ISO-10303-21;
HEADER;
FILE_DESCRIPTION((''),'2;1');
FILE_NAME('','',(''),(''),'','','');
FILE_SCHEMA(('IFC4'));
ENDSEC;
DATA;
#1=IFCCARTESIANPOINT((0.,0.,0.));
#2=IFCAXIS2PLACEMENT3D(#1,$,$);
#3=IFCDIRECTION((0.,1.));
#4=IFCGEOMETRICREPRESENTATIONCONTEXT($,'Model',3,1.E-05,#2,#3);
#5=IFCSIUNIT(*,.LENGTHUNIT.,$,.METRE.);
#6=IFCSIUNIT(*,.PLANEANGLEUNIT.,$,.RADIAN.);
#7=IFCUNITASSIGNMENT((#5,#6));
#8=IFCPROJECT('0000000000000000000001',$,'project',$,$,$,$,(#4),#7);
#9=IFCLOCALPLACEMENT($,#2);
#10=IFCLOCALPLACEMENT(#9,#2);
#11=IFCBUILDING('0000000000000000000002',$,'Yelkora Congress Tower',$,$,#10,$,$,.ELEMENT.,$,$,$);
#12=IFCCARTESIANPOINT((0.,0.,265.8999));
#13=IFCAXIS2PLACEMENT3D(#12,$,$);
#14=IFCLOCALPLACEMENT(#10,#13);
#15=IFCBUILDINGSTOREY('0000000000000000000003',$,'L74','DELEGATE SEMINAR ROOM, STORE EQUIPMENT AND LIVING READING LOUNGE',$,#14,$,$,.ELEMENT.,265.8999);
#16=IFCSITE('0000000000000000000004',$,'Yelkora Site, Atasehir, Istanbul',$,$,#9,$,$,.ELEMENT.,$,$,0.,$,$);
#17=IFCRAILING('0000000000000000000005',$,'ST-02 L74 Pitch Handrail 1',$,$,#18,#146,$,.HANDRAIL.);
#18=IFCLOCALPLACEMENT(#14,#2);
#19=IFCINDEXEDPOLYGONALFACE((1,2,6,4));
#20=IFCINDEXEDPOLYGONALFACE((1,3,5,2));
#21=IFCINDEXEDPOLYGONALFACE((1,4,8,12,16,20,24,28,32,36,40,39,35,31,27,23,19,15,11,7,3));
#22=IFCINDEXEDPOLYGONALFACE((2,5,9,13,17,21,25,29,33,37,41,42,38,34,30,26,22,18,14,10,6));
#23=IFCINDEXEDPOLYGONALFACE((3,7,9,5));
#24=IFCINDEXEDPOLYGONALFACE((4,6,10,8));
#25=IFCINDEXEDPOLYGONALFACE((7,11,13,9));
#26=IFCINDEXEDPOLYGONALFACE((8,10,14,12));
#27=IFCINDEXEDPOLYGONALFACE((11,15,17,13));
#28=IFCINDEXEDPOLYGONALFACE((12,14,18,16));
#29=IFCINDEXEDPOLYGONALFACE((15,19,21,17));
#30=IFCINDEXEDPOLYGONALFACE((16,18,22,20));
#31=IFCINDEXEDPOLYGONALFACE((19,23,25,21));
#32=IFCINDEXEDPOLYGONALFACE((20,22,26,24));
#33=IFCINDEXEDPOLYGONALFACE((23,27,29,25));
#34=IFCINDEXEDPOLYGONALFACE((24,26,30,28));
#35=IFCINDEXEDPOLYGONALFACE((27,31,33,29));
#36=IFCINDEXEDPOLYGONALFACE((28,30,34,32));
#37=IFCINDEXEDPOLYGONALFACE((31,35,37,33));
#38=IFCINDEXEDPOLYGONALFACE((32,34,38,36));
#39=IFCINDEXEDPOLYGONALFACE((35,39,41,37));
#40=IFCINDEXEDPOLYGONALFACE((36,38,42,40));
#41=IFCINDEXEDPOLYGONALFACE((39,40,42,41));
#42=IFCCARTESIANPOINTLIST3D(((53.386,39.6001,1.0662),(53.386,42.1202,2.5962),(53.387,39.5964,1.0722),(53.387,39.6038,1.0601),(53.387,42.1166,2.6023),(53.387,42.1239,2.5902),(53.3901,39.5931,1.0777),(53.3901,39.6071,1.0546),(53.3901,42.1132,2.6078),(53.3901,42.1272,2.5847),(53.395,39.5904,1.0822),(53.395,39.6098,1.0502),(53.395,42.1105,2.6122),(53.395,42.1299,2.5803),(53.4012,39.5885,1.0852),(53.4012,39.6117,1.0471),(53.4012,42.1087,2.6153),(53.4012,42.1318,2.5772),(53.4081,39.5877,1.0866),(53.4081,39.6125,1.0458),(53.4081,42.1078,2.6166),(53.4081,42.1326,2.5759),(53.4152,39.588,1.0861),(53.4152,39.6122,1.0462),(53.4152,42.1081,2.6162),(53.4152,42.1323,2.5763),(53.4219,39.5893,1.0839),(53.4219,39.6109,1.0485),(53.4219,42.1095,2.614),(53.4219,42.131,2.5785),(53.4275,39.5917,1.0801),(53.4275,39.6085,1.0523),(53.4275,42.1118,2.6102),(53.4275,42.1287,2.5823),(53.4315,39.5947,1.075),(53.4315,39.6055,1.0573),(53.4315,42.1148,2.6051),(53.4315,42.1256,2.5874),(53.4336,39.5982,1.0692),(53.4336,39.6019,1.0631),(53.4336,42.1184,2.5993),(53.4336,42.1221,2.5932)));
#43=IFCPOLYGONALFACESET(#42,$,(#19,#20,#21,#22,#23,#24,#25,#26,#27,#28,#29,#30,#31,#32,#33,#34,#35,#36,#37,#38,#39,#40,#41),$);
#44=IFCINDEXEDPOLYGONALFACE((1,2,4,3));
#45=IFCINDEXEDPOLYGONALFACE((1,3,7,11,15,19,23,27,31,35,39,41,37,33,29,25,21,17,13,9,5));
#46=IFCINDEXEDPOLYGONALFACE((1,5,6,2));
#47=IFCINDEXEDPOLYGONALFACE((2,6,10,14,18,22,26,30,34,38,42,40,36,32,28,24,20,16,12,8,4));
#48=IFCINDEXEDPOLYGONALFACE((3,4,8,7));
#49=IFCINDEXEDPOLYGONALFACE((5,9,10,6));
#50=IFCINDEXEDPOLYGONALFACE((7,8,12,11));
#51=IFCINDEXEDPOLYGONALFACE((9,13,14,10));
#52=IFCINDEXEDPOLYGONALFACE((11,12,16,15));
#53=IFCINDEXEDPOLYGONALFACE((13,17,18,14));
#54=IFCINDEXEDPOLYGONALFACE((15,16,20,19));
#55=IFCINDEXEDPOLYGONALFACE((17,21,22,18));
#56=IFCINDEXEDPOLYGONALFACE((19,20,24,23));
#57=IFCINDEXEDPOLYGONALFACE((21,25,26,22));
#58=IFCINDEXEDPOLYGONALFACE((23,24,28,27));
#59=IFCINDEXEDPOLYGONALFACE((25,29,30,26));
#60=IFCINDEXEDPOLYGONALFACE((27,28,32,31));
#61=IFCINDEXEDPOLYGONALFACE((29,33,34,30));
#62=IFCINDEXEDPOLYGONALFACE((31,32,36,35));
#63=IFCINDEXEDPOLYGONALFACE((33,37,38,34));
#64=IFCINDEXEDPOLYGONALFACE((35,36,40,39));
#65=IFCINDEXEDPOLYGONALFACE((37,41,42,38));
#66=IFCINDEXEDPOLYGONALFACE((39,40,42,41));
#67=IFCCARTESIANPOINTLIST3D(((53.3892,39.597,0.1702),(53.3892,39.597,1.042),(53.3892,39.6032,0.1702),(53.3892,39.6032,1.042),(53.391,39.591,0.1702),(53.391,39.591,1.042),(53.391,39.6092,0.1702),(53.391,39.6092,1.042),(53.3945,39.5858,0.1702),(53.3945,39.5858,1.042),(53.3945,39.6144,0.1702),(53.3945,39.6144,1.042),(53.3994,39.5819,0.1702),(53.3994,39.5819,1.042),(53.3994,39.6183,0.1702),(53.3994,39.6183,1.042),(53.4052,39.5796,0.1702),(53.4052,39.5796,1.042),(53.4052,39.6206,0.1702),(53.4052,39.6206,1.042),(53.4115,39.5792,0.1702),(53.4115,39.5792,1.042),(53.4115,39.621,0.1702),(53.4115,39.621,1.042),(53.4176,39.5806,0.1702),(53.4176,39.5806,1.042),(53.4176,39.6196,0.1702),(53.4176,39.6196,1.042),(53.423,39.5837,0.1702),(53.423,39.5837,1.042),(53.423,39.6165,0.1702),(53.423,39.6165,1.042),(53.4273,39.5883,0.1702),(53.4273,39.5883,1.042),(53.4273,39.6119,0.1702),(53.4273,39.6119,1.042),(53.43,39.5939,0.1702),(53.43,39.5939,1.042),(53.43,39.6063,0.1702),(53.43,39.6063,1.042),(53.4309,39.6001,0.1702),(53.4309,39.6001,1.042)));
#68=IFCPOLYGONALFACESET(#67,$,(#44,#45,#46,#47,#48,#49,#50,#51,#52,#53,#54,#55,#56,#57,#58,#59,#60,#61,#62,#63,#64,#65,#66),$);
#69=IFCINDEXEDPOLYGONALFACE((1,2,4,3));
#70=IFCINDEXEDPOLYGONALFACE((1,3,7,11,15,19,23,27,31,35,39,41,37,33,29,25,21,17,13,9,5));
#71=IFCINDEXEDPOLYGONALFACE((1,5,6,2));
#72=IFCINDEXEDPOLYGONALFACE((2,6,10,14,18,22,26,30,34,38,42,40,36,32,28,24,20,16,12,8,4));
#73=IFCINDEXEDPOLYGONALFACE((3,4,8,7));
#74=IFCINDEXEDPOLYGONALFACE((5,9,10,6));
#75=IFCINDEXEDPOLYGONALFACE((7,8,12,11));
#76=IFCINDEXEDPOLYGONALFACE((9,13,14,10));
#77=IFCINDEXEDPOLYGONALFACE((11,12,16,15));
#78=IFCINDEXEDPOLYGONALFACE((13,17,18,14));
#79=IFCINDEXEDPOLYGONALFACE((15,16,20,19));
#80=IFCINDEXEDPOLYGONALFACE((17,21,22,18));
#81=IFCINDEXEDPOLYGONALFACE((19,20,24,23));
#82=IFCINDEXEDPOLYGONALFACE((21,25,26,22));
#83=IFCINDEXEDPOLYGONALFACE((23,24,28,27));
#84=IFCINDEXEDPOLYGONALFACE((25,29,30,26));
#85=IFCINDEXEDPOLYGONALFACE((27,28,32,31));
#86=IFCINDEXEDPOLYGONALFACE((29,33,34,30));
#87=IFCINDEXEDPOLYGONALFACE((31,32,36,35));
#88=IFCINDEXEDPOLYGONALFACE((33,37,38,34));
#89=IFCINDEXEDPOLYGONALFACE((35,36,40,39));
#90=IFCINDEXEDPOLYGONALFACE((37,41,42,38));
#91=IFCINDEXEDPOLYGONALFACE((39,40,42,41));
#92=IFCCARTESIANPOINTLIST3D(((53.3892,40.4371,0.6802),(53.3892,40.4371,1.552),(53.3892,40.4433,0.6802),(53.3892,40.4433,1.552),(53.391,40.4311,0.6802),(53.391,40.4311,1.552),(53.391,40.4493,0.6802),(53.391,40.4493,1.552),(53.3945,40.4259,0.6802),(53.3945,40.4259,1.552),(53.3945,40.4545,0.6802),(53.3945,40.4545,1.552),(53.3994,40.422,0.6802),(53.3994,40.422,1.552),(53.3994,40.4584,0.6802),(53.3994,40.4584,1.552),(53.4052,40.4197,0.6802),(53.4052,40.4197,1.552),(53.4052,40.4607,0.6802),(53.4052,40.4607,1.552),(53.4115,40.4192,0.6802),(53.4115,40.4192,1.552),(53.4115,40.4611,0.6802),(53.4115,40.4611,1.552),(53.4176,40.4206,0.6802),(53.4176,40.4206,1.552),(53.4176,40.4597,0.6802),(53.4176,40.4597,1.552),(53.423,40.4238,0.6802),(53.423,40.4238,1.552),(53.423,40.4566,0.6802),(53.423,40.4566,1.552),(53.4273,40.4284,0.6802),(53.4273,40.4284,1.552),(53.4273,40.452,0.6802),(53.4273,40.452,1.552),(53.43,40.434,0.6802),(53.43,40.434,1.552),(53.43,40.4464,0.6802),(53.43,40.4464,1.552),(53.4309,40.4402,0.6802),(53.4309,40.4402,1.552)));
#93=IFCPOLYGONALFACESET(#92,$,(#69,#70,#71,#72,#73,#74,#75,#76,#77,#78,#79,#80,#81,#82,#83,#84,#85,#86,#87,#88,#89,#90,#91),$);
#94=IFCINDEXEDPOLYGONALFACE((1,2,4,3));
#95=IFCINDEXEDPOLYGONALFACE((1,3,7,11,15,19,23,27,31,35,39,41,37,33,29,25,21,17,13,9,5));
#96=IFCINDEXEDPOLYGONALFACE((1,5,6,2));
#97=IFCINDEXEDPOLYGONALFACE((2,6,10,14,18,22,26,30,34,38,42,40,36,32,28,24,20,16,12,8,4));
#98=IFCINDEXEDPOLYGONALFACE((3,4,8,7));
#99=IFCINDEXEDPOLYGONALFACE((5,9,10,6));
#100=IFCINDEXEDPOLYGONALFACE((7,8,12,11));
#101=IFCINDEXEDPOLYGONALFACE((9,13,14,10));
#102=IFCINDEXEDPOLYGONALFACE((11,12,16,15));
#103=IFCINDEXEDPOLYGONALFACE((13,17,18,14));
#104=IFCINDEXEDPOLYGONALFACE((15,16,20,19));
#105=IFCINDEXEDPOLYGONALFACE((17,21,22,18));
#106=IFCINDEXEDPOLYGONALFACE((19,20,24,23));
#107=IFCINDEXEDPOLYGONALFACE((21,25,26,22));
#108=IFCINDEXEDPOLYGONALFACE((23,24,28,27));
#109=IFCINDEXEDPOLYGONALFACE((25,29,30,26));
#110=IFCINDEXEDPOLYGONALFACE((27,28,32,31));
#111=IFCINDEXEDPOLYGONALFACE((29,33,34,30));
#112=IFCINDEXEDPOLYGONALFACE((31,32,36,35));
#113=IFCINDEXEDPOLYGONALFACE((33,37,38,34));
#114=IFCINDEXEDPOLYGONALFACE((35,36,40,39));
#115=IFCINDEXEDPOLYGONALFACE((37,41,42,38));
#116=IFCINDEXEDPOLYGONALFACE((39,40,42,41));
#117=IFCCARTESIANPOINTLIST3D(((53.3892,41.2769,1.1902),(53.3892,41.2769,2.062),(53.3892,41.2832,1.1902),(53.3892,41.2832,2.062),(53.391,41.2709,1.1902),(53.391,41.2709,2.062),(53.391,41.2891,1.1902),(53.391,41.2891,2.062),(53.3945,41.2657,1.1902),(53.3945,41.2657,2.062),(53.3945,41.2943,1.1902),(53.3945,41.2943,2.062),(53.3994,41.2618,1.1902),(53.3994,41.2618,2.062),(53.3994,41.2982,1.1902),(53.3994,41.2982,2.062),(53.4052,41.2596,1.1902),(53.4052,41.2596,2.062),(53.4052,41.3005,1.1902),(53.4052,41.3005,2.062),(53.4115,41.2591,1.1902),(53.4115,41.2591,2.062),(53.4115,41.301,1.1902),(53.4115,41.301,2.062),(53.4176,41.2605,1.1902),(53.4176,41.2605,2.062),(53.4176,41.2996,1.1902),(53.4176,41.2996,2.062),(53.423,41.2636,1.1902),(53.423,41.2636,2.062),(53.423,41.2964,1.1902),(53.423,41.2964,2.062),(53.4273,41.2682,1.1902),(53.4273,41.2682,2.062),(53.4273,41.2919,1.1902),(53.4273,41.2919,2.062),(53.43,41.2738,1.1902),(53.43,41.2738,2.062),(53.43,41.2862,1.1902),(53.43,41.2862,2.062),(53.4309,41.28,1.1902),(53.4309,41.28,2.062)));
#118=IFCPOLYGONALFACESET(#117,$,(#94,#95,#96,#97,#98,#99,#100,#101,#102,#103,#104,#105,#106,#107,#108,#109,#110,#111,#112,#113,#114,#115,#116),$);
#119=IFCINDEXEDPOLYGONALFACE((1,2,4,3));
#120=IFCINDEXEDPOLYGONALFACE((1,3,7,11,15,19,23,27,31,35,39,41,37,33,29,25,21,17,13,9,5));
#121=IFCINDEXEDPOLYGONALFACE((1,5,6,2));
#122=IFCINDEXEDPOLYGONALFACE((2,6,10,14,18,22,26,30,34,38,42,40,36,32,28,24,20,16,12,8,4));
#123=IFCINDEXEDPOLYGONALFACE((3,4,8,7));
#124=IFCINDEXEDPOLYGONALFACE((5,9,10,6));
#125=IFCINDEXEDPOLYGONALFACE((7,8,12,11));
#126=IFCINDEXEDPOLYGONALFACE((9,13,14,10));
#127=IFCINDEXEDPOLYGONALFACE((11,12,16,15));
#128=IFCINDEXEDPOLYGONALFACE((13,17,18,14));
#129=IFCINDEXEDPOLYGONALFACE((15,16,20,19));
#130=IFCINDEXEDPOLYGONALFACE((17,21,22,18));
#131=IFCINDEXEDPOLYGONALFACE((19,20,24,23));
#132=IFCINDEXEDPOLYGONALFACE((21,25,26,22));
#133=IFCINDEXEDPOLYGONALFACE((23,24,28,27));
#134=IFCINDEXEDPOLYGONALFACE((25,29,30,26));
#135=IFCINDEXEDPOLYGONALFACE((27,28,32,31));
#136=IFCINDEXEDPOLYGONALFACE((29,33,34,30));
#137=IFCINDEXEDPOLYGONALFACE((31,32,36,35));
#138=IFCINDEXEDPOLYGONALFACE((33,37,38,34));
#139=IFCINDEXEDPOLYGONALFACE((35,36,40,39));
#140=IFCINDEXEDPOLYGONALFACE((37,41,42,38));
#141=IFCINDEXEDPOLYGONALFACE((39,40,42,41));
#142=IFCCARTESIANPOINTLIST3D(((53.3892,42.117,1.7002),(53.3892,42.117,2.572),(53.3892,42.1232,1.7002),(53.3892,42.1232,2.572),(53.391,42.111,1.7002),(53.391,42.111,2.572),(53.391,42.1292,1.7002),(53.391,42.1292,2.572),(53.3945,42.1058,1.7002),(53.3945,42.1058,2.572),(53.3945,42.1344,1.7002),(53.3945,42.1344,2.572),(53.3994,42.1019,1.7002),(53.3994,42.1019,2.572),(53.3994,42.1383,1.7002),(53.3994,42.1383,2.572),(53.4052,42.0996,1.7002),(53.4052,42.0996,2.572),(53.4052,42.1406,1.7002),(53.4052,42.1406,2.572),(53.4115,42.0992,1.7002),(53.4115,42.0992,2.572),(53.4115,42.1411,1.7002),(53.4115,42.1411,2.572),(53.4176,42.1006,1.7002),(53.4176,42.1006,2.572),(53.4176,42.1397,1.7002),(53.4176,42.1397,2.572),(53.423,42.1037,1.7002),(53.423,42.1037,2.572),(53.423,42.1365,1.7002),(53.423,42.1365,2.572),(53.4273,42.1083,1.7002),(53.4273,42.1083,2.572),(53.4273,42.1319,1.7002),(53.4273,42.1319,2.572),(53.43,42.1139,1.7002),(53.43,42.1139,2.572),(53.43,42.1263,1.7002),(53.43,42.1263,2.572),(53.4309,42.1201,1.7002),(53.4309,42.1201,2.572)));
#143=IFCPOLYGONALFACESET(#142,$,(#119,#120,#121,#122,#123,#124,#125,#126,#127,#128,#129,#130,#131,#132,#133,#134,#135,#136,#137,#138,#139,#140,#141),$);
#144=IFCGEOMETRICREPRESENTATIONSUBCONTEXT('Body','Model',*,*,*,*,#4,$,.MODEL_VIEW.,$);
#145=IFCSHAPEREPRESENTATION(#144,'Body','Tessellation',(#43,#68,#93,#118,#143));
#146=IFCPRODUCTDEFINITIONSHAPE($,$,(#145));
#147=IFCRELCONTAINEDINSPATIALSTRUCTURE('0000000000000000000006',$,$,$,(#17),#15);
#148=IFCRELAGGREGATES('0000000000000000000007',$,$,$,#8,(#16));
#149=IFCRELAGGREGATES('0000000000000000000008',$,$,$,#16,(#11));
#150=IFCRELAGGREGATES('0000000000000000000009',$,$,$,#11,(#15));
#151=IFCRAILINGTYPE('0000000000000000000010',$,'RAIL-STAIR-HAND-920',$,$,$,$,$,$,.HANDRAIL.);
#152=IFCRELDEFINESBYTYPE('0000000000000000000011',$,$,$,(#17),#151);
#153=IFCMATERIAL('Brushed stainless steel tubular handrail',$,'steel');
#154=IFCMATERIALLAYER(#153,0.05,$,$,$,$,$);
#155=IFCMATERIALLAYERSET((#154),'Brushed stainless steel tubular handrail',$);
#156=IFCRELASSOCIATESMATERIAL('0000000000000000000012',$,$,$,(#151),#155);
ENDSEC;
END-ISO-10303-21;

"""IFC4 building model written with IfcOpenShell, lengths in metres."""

from ifc_helpers import new_model, si_unit, direction, frame, origin, origin_2d, place, context, subcontext, project, spatial, circle, extrude, material, layer, layer_set, type_object, element, save


model = new_model("IFC4")

# Units and contexts
model_context = context("Model", 3, precision=1e-05, world=origin(), true_north=direction((0.0, 1.0)))
body_context = subcontext(model_context, "Body", "Model", "MODEL_VIEW")
ifc_project = project(units=[si_unit("LENGTHUNIT", "METRE"), si_unit("PLANEANGLEUNIT", "RADIAN")], contexts=[model_context])

# Site, building, storey
site_placement = place(None, origin())
site = spatial("IfcSite", under=ifc_project, at=site_placement, Name="Yelkora Site, Atasehir, Istanbul", CompositionType="ELEMENT", RefElevation=0.0)
building_placement = place(site_placement, origin())
building = spatial("IfcBuilding", under=site, at=building_placement, Name="Yelkora Congress Tower", CompositionType="ELEMENT")
storey_placement = place(building_placement, frame((0.0, 0.0, 265.8999)))
storey = spatial("IfcBuildingStorey", under=building, at=storey_placement, Name="L74", Description="DELEGATE SEMINAR ROOM, STORE EQUIPMENT AND LIVING READING LOUNGE", CompositionType="ELEMENT", Elevation=265.8999)

# Railing
ifc_material_1 = material(Name="Brushed stainless steel tubular handrail", Category="steel")
ifc_layer_1 = layer(ifc_material_1, 0.05)
ifc_layer_set_1 = layer_set([ifc_layer_1], Name="Brushed stainless steel tubular handrail")
railing_type_1 = type_object("IfcRailingType", Name="RAIL-STAIR-HAND-920", PredefinedType="HANDRAIL", material=ifc_layer_set_1)
railing_1_placement = place(storey_placement, frame((53.4099, 39.6001, 0.1702)))
element("IfcRailing", 1, at=railing_1_placement, inside=storey, type_object=railing_type_1, Name="ST-02 L74 Pitch Handrail 1", PredefinedType="HANDRAIL", context=body_context, shape_type="SweptSolid", body=[
    extrude(circle(Radius=0.0239, at=origin_2d()), frame((0.0, 0.0, 0.896), z_axis=(0.0, 0.854785, 0.518982), x_axis=(-1.0, 0.0, 0.0)), (0.0, 0.0, 1.0), 2.9482),
    extrude(circle(Radius=0.021, at=origin_2d()), origin(), (0.0, 0.0, 1.0), 0.8718),
    extrude(circle(Radius=0.021, at=origin_2d()), frame((0.0, 0.8401, 0.51)), (0.0, 0.0, 1.0), 0.8718),
    extrude(circle(Radius=0.021, at=origin_2d()), frame((0.0, 1.6799, 1.02)), (0.0, 0.0, 1.0), 0.8718),
    extrude(circle(Radius=0.021, at=origin_2d()), frame((0.0, 2.52, 1.53)), (0.0, 0.0, 1.0), 0.8718),
])

save(model, "model.ifc")
